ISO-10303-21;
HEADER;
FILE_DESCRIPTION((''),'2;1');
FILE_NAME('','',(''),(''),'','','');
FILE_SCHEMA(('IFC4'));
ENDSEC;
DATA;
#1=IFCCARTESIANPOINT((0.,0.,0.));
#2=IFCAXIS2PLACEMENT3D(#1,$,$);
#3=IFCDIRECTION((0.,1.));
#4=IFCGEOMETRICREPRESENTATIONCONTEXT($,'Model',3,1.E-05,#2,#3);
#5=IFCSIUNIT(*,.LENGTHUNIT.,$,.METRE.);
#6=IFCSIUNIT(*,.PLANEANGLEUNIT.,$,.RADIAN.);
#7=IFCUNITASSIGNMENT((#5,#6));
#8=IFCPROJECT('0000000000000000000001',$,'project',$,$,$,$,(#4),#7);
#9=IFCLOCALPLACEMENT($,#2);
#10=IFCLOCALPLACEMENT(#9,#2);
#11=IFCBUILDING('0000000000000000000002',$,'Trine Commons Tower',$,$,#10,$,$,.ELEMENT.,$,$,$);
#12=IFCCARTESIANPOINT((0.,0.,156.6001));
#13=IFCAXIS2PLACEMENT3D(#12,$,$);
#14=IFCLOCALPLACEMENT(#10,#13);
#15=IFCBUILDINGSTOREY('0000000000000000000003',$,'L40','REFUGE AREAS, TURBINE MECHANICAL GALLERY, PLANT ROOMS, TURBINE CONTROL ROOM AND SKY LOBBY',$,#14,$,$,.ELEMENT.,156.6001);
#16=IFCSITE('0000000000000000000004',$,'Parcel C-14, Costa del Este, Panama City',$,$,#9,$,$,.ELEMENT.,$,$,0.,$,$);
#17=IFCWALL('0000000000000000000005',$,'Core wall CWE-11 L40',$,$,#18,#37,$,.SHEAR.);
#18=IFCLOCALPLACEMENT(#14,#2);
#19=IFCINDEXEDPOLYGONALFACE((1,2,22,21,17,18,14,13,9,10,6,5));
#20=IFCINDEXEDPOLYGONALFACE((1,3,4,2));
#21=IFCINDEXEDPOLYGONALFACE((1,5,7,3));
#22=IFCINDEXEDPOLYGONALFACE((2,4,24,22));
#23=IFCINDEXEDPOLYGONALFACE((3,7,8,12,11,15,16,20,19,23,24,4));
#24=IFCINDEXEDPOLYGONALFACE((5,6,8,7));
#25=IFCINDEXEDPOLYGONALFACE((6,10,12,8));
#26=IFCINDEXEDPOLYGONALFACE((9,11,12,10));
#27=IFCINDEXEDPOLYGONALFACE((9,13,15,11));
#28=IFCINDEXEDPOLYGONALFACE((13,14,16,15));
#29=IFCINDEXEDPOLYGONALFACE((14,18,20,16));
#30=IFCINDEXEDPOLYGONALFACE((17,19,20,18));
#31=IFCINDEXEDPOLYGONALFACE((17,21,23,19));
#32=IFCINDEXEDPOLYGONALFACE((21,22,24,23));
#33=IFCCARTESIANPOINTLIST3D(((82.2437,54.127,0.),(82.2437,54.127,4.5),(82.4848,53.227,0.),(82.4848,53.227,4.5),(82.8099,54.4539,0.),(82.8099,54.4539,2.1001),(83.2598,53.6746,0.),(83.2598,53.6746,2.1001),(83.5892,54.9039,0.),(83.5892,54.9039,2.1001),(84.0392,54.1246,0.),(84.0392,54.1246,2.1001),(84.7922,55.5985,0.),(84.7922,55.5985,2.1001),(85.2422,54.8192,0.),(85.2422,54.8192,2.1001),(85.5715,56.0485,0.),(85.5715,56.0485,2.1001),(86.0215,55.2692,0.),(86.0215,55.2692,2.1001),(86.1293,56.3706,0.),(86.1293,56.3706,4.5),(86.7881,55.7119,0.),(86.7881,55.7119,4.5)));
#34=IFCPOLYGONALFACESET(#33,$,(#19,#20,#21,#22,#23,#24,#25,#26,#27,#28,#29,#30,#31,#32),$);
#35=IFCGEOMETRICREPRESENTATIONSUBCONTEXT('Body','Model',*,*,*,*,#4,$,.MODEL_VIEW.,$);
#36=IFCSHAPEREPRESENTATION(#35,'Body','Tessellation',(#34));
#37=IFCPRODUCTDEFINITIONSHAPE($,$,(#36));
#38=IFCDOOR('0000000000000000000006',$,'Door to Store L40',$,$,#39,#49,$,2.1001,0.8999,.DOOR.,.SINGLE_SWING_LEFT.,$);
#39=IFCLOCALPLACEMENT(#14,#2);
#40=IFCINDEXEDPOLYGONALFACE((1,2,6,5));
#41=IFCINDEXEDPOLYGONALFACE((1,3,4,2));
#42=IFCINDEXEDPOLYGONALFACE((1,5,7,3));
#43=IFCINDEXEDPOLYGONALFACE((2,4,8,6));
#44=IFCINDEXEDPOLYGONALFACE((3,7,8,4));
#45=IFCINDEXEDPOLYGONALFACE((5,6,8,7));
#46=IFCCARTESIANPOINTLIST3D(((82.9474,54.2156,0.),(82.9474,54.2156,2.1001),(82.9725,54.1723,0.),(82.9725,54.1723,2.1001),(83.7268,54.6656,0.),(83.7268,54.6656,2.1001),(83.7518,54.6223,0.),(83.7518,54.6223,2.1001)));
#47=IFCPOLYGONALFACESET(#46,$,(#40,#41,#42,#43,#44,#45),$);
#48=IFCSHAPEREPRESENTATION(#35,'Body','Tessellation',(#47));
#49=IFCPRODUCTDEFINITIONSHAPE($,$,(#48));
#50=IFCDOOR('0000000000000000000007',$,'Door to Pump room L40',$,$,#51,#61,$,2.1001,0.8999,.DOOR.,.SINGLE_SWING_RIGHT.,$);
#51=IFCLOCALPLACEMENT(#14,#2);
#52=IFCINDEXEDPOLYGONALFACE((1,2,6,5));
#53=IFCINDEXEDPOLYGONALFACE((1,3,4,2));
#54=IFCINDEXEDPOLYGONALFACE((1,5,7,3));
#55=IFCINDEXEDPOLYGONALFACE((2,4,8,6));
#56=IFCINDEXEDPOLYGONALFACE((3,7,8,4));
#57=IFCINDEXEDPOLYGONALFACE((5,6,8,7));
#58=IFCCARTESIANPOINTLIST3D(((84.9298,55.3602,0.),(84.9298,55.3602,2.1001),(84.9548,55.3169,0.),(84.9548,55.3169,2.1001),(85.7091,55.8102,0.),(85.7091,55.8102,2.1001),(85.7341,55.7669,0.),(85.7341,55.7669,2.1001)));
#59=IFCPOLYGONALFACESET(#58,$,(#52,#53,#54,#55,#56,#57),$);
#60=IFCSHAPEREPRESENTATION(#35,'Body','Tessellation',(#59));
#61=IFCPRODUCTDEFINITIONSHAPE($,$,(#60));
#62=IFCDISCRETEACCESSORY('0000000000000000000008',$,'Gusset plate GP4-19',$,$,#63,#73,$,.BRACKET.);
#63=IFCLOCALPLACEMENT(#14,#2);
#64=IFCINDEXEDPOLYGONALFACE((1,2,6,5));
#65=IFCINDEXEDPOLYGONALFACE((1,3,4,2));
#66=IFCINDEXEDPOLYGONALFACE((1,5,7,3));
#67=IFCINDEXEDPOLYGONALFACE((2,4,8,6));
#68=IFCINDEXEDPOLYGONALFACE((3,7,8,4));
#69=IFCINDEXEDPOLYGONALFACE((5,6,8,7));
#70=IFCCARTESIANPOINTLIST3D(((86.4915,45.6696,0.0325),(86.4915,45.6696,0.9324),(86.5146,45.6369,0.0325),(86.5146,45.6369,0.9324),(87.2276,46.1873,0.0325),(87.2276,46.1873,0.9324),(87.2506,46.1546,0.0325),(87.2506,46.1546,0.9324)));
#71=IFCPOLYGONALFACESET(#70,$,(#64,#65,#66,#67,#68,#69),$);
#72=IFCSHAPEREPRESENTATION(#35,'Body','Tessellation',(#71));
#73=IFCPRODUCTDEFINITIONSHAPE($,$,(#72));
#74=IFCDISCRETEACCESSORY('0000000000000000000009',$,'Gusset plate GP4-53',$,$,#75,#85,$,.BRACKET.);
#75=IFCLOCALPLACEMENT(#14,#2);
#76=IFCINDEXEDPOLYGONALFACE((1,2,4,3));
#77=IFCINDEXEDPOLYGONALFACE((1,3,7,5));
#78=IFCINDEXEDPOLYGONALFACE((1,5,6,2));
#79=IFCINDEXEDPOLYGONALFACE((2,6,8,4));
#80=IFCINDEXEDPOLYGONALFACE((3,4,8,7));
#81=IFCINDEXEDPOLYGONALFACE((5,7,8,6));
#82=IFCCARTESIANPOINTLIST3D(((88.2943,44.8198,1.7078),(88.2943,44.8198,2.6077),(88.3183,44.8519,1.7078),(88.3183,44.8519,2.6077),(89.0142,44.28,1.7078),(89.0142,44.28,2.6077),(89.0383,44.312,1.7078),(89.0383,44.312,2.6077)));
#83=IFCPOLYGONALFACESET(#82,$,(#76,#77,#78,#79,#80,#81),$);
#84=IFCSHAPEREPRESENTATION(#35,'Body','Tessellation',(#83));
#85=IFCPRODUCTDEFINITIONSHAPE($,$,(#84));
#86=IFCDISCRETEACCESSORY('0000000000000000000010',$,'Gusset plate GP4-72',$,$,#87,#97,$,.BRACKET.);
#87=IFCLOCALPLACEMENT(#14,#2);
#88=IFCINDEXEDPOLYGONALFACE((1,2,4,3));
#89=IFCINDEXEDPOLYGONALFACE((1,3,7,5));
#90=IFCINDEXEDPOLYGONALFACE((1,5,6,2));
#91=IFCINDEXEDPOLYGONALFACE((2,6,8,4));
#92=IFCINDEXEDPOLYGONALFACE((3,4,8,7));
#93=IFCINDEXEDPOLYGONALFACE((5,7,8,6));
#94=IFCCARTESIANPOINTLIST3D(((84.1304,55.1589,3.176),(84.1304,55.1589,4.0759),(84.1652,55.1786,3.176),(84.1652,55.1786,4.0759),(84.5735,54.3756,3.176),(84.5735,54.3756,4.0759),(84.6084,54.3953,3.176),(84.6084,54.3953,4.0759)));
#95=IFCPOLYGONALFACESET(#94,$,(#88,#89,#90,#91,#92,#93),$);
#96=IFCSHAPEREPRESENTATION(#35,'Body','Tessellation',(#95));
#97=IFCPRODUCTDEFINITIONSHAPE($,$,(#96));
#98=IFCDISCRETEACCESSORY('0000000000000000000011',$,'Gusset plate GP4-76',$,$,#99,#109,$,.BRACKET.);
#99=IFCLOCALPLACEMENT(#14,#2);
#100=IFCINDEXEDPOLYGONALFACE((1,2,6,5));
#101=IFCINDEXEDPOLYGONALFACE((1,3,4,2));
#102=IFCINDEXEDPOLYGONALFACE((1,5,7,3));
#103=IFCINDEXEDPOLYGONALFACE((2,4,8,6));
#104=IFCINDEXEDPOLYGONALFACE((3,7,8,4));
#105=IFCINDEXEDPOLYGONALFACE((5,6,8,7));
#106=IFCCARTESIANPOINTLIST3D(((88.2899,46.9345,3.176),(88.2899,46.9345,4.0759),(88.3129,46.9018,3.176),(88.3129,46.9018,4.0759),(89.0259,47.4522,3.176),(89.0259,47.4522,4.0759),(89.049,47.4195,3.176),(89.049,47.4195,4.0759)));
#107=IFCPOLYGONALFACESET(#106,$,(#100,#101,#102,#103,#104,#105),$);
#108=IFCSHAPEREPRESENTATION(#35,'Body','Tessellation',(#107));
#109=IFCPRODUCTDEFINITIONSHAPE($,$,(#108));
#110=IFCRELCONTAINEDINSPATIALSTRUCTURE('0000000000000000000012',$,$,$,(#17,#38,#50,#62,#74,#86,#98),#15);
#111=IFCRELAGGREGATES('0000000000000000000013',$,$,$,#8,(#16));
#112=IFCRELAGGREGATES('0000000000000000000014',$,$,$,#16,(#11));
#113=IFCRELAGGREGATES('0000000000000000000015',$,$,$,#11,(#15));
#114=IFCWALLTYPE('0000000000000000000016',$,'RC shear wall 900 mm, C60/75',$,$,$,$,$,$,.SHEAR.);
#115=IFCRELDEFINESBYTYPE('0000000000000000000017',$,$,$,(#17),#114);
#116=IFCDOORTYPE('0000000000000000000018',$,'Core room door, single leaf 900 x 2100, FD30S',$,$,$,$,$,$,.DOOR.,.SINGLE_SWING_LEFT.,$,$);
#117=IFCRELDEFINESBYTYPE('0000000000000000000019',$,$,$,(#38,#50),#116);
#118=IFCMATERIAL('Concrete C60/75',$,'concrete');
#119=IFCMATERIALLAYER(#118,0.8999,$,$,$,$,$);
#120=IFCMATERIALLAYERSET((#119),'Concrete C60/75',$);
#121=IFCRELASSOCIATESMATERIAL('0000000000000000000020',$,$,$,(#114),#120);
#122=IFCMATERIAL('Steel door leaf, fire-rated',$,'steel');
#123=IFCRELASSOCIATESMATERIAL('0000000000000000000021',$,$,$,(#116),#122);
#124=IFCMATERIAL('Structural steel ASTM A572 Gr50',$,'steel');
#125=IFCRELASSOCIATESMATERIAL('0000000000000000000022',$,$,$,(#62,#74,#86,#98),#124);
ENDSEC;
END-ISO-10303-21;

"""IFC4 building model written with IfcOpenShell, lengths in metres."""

from ifc_helpers import new_model, si_unit, direction, frame, frame_2d, origin, origin_2d, place, context, subcontext, project, spatial, polyline, rectangle, outline, extrude, material, layer, layer_set, type_object, element, fill, save


model = new_model("IFC4")

# Units and contexts
model_context = context("Model", 3, precision=1e-05, world=origin(), true_north=direction((0.0, 1.0)))
body_context = subcontext(model_context, "Body", "Model", "MODEL_VIEW")
ifc_project = project(units=[si_unit("LENGTHUNIT", "METRE"), si_unit("PLANEANGLEUNIT", "RADIAN")], contexts=[model_context])

# Site, building, storey
site_placement = place(None, origin())
site = spatial("IfcSite", under=ifc_project, at=site_placement, Name="Parcel C-14, Costa del Este, Panama City", CompositionType="ELEMENT", RefElevation=0.0)
building_placement = place(site_placement, origin())
building = spatial("IfcBuilding", under=site, at=building_placement, Name="Trine Commons Tower", CompositionType="ELEMENT")
storey_placement = place(building_placement, frame((0.0, 0.0, 156.6001)))
storey = spatial("IfcBuildingStorey", under=building, at=storey_placement, Name="L40", Description="REFUGE AREAS, TURBINE MECHANICAL GALLERY, PLANT ROOMS, TURBINE CONTROL ROOM AND SKY LOBBY", CompositionType="ELEMENT", Elevation=156.6001)

# Wall, openings, doors
ifc_material_1 = material(Name="Concrete C60/75", Category="concrete")
ifc_layer_1 = layer(ifc_material_1, 0.8999)
ifc_layer_set_1 = layer_set([ifc_layer_1], Name="Concrete C60/75")
wall_type_1 = type_object("IfcWallType", Name="RC shear wall 900 mm, C60/75", PredefinedType="SHEAR", material=ifc_layer_set_1)
wall_1_placement = place(storey_placement, frame((82.2598, 53.6167, 0.0), z_axis=(0.0, 0.0, 1.0), x_axis=(0.866003, 0.500039, 0.0)))
wall_1 = element("IfcWall", 1, at=wall_1_placement, inside=storey, type_object=wall_type_1, Name="Core wall CWE-11 L40", PredefinedType="SHEAR", context=body_context, shape_type="SweptSolid", body=[
    extrude(outline(polyline([(0.0, -0.45), (4.9692, -0.45), (4.728, 0.45), (0.2412, 0.45), (0.0, -0.45)])), origin(), (0.0, 0.0, 1.0), 4.5),
])
opening_1_placement = place(wall_1_placement, frame((0.895, 0.0, 0.0)))
opening_1 = element("IfcOpeningElement", 2, at=opening_1_placement, cuts=wall_1, PredefinedType="OPENING", context=body_context, shape_type="SweptSolid", body=[
    extrude(rectangle(XDim=0.8999, YDim=2.1001, at=frame_2d((0.45, 1.05))), frame((0.0, 0.46, 0.0), z_axis=(0.0, -1.0, 0.0), x_axis=(1.0, 0.0, 0.0)), (0.0, 0.0, 1.0), 0.9199),
])
opening_2_placement = place(wall_1_placement, frame((3.1841, 0.0, 0.0)))
opening_2 = element("IfcOpeningElement", 3, at=opening_2_placement, cuts=wall_1, PredefinedType="OPENING", context=body_context, shape_type="SweptSolid", body=[
    extrude(rectangle(XDim=0.8999, YDim=2.1001, at=frame_2d((0.45, 1.05))), frame((0.0, 0.46, 0.0), z_axis=(0.0, -1.0, 0.0), x_axis=(1.0, 0.0, 0.0)), (0.0, 0.0, 1.0), 0.9199),
])
ifc_material_2 = material(Name="Steel door leaf, fire-rated", Category="steel")
door_type_1 = type_object("IfcDoorType", Name="Core room door, single leaf 900 x 2100, FD30S", OperationType="SINGLE_SWING_LEFT", PredefinedType="DOOR", material=ifc_material_2)
door_1_placement = place(opening_1_placement, origin())
door_1 = element("IfcDoor", 4, at=door_1_placement, inside=storey, type_object=door_type_1, Name="Door to Store L40", OperationType="SINGLE_SWING_LEFT", OverallHeight=2.1001, OverallWidth=0.8999, PredefinedType="DOOR", context=body_context, shape_type="SweptSolid", body=[
    extrude(rectangle(XDim=0.8999, YDim=2.1001, at=frame_2d((0.45, 1.05))), frame((0.0, 0.1748, 0.0), z_axis=(0.0, -1.0, 0.0), x_axis=(1.0, 0.0, 0.0)), (0.0, 0.0, 1.0), 0.05),
])
fill(opening_1, door_1)
door_2_placement = place(opening_2_placement, origin())
door_2 = element("IfcDoor", 5, at=door_2_placement, inside=storey, type_object=door_type_1, Name="Door to Pump room L40", OperationType="SINGLE_SWING_RIGHT", OverallHeight=2.1001, OverallWidth=0.8999, PredefinedType="DOOR", context=body_context, shape_type="SweptSolid", body=[
    extrude(rectangle(XDim=0.8999, YDim=2.1001, at=frame_2d((0.45, 1.05))), frame((0.0, 0.1748, 0.0), z_axis=(0.0, -1.0, 0.0), x_axis=(1.0, 0.0, 0.0)), (0.0, 0.0, 1.0), 0.05),
])
fill(opening_2, door_2)

# Discrete accessories
ifc_material_3 = material(Name="Structural steel ASTM A572 Gr50", Category="steel")
for number, where, z_axis, x_axis, name in (
    (6, (86.8711, 45.9121, 0.0325), (0.0, 0.0, 1.0), (0.817939, 0.575305, 0.0), "Gusset plate GP4-19"),
    (7, (88.6663, 44.5659, 1.7078), (0.0, 0.0, 1.0), (0.800062, -0.599918, 0.0), "Gusset plate GP4-53"),
    (8, (84.3694, 54.7771, 3.176), (0.0, 0.0, 1.0), (0.492424, -0.870356, 0.0), "Gusset plate GP4-72"),
    (9, (88.6694, 47.177, 3.176), (0.0, 0.0, 1.0), (0.817939, 0.575305, 0.0), "Gusset plate GP4-76"),
):
    element("IfcDiscreteAccessory", number, at=place(storey_placement, frame(where, z_axis=z_axis, x_axis=x_axis)), inside=storey, material=ifc_material_3, Name=name, PredefinedType="BRACKET", context=body_context, shape_type="SweptSolid", body=[
        extrude(rectangle(XDim=0.8999, YDim=0.04, at=origin_2d()), origin(), (0.0, 0.0, 1.0), 0.8999),
    ])

save(model, "model.ifc")
